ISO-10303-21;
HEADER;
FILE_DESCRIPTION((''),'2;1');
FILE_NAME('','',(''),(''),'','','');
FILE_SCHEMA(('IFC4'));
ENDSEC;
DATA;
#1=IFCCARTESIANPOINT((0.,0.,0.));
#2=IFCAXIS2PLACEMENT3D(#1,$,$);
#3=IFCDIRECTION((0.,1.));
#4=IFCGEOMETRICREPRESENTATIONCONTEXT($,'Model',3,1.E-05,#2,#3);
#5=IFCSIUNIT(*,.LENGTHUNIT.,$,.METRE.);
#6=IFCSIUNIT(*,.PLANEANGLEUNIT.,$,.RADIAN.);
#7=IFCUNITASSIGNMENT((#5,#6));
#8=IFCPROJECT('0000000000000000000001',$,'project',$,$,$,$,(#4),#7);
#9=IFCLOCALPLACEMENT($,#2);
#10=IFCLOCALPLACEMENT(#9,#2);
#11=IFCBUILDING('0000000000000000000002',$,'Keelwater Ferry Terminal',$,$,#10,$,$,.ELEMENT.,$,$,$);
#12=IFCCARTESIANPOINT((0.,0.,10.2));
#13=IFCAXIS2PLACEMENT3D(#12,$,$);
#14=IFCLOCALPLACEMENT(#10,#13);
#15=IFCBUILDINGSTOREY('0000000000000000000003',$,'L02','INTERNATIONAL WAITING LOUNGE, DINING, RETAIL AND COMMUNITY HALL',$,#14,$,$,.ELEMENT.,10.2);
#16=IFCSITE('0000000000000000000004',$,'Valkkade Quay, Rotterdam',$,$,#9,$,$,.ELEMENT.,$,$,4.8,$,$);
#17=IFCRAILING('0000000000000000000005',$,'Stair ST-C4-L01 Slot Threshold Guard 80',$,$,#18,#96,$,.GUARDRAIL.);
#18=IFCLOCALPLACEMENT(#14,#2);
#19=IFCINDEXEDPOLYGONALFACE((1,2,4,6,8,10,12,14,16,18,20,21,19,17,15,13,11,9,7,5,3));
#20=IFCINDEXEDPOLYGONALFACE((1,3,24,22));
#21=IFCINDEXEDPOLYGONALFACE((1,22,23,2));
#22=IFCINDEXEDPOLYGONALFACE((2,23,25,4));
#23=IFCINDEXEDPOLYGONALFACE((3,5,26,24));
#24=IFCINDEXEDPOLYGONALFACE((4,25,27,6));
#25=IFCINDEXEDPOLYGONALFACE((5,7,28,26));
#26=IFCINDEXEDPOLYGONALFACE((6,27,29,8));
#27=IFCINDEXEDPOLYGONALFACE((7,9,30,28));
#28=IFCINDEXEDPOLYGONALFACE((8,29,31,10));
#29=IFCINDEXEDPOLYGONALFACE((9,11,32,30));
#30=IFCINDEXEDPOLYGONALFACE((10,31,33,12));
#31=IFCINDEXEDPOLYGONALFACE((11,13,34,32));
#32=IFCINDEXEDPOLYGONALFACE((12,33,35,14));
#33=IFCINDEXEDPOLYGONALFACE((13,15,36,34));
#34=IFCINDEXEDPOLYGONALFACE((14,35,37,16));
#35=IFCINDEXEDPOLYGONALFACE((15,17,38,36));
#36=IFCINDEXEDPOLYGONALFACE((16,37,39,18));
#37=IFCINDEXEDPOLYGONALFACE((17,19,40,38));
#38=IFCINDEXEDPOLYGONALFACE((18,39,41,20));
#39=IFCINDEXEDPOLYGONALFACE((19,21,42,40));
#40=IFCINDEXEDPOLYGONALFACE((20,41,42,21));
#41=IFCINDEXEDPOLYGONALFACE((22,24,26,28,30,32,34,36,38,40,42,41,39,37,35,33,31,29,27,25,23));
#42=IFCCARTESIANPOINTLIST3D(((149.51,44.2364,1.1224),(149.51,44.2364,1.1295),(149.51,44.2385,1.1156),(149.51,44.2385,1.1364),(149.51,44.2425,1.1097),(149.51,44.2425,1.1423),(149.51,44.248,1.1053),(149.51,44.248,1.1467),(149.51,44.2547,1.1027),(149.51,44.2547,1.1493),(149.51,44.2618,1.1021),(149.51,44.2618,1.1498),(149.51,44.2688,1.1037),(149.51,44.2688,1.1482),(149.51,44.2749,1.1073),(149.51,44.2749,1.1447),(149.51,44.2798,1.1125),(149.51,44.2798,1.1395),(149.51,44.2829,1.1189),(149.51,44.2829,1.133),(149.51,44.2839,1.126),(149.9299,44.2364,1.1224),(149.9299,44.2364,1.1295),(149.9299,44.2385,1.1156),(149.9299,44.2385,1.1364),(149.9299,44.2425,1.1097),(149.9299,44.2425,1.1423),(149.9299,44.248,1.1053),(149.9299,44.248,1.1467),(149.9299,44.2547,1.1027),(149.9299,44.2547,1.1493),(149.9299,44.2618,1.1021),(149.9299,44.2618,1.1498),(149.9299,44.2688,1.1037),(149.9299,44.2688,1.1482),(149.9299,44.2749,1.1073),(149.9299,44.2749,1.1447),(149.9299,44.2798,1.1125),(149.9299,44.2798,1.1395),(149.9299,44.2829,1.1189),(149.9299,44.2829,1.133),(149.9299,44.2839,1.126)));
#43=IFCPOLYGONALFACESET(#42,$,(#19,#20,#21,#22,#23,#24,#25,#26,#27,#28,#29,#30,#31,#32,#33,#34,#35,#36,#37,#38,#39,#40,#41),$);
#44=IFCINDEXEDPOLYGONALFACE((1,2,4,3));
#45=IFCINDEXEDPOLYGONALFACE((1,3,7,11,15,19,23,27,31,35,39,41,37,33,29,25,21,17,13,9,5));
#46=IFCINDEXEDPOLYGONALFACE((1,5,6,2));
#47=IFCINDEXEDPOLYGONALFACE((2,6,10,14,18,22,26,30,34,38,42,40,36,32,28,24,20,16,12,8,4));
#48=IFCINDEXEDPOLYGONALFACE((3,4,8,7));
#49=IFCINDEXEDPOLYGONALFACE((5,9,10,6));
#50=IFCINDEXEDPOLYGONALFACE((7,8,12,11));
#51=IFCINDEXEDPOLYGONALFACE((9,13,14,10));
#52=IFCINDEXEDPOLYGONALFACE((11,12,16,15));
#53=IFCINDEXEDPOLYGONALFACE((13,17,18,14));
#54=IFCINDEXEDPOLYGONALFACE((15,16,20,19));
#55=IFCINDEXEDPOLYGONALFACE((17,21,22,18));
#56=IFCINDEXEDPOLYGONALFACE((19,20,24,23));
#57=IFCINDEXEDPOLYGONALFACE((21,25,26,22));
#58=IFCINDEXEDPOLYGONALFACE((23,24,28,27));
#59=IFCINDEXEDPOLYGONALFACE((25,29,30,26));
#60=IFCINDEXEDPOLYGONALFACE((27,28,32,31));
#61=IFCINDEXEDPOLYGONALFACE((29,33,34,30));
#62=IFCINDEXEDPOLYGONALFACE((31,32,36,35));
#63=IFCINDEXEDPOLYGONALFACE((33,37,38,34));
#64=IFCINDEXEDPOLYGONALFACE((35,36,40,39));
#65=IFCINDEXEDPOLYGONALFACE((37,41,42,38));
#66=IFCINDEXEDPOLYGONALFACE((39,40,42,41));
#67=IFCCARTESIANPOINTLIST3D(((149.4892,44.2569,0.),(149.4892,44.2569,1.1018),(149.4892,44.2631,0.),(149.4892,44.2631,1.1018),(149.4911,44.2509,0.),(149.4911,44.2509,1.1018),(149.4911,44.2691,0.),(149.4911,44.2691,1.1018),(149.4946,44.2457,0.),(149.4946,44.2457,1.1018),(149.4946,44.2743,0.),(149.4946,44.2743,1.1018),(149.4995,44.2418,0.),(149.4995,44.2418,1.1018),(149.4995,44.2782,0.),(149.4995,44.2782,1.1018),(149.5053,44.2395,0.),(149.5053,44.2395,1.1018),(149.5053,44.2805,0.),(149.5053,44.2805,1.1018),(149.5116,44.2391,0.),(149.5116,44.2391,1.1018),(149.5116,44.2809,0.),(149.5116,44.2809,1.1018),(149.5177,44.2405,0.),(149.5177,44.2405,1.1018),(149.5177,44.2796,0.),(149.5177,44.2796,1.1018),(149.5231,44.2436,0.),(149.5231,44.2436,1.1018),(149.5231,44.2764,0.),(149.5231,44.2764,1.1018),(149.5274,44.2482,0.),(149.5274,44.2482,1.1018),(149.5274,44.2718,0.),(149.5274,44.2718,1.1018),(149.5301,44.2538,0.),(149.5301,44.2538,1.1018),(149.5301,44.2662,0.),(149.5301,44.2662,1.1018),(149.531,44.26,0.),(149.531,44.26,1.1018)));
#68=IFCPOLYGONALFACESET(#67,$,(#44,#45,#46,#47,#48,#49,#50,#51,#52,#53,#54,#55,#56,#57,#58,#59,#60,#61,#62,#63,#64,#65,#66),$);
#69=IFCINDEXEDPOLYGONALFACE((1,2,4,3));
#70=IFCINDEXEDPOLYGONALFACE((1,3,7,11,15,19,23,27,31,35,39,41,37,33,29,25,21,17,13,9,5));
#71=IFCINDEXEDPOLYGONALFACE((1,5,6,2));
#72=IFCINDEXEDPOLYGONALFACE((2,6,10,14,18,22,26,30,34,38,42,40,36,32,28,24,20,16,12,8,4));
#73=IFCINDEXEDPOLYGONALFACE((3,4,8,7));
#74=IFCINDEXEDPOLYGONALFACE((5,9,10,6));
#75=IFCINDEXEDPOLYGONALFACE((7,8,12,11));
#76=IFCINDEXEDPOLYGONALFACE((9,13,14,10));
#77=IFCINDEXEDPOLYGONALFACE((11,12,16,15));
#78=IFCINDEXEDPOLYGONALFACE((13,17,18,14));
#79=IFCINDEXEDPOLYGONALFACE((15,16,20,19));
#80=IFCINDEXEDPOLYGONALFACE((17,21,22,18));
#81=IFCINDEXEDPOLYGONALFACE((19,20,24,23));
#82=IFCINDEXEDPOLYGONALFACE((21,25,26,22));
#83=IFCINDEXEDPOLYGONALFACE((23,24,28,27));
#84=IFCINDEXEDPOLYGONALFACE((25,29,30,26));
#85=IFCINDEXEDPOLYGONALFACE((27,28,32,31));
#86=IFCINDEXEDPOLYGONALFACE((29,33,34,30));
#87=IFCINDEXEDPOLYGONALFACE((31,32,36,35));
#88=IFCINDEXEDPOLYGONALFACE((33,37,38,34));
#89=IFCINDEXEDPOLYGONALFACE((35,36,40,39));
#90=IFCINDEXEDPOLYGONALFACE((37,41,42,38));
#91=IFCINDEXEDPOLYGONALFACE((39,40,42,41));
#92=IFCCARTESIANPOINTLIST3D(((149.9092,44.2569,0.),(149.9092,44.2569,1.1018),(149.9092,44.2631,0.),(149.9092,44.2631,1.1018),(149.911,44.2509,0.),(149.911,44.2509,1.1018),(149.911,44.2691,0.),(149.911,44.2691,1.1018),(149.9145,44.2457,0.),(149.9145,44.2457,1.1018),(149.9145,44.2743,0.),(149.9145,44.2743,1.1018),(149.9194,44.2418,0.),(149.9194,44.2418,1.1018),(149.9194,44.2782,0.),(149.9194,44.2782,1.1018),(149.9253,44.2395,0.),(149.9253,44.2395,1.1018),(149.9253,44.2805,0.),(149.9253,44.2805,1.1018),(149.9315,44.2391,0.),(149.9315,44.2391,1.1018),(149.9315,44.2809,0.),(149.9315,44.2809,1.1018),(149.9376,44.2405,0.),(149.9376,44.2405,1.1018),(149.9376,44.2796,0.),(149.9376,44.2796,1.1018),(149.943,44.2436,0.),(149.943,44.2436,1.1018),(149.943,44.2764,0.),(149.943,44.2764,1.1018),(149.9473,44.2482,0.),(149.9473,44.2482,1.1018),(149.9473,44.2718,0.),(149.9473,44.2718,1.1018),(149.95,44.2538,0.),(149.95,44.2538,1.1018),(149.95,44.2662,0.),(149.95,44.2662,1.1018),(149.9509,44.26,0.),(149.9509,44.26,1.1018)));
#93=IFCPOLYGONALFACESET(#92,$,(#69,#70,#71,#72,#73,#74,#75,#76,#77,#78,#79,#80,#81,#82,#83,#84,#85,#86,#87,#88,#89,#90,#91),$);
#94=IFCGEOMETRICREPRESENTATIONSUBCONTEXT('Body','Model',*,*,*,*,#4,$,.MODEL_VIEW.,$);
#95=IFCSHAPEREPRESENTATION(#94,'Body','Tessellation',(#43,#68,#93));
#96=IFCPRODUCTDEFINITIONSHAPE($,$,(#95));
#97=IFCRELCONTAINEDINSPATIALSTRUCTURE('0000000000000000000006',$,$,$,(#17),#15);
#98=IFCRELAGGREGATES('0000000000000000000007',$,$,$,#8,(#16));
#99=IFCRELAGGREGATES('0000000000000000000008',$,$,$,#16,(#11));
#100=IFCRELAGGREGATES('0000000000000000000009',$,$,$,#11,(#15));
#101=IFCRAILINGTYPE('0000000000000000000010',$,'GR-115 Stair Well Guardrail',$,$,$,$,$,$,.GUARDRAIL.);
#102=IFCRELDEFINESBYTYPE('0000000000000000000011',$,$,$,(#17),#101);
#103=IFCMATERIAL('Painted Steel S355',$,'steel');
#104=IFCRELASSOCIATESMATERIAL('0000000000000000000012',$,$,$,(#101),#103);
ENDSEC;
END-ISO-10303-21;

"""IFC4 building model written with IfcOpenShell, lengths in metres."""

from ifc_helpers import new_model, si_unit, direction, frame, origin, origin_2d, place, context, subcontext, project, spatial, circle, extrude, material, type_object, element, save


model = new_model("IFC4")

# Units and contexts
model_context = context("Model", 3, precision=1e-05, world=origin(), true_north=direction((0.0, 1.0)))
body_context = subcontext(model_context, "Body", "Model", "MODEL_VIEW")
ifc_project = project(units=[si_unit("LENGTHUNIT", "METRE"), si_unit("PLANEANGLEUNIT", "RADIAN")], contexts=[model_context])

# Site, building, storey
site_placement = place(None, origin())
site = spatial("IfcSite", under=ifc_project, at=site_placement, Name="Valkkade Quay, Rotterdam", CompositionType="ELEMENT", RefElevation=4.8)
building_placement = place(site_placement, origin())
building = spatial("IfcBuilding", under=site, at=building_placement, Name="Keelwater Ferry Terminal", CompositionType="ELEMENT")
storey_placement = place(building_placement, frame((0.0, 0.0, 10.2)))
storey = spatial("IfcBuildingStorey", under=building, at=storey_placement, Name="L02", Description="INTERNATIONAL WAITING LOUNGE, DINING, RETAIL AND COMMUNITY HALL", CompositionType="ELEMENT", Elevation=10.2)

# Railing
ifc_material_1 = material(Name="Painted Steel S355", Category="steel")
railing_type_1 = type_object("IfcRailingType", Name="GR-115 Stair Well Guardrail", PredefinedType="GUARDRAIL", material=ifc_material_1)
railing_1_placement = place(storey_placement, frame((149.51, 44.26, 0.0)))
element("IfcRailing", 1, at=railing_1_placement, inside=storey, type_object=railing_type_1, Name="Stair ST-C4-L01 Slot Threshold Guard 80", PredefinedType="GUARDRAIL", context=body_context, shape_type="SweptSolid", body=[
    extrude(circle(Radius=0.0239, at=origin_2d()), frame((0.0, 0.0, 1.126), z_axis=(1.0, 0.0, 0.0), x_axis=(0.0, 1.0, 0.0)), (0.0, 0.0, 1.0), 0.4199),
    extrude(circle(Radius=0.021, at=origin_2d()), origin(), (0.0, 0.0, 1.0), 1.1018),
    extrude(circle(Radius=0.021, at=origin_2d()), frame((0.4199, 0.0, 0.0)), (0.0, 0.0, 1.0), 1.1018),
])

save(model, "model.ifc")
